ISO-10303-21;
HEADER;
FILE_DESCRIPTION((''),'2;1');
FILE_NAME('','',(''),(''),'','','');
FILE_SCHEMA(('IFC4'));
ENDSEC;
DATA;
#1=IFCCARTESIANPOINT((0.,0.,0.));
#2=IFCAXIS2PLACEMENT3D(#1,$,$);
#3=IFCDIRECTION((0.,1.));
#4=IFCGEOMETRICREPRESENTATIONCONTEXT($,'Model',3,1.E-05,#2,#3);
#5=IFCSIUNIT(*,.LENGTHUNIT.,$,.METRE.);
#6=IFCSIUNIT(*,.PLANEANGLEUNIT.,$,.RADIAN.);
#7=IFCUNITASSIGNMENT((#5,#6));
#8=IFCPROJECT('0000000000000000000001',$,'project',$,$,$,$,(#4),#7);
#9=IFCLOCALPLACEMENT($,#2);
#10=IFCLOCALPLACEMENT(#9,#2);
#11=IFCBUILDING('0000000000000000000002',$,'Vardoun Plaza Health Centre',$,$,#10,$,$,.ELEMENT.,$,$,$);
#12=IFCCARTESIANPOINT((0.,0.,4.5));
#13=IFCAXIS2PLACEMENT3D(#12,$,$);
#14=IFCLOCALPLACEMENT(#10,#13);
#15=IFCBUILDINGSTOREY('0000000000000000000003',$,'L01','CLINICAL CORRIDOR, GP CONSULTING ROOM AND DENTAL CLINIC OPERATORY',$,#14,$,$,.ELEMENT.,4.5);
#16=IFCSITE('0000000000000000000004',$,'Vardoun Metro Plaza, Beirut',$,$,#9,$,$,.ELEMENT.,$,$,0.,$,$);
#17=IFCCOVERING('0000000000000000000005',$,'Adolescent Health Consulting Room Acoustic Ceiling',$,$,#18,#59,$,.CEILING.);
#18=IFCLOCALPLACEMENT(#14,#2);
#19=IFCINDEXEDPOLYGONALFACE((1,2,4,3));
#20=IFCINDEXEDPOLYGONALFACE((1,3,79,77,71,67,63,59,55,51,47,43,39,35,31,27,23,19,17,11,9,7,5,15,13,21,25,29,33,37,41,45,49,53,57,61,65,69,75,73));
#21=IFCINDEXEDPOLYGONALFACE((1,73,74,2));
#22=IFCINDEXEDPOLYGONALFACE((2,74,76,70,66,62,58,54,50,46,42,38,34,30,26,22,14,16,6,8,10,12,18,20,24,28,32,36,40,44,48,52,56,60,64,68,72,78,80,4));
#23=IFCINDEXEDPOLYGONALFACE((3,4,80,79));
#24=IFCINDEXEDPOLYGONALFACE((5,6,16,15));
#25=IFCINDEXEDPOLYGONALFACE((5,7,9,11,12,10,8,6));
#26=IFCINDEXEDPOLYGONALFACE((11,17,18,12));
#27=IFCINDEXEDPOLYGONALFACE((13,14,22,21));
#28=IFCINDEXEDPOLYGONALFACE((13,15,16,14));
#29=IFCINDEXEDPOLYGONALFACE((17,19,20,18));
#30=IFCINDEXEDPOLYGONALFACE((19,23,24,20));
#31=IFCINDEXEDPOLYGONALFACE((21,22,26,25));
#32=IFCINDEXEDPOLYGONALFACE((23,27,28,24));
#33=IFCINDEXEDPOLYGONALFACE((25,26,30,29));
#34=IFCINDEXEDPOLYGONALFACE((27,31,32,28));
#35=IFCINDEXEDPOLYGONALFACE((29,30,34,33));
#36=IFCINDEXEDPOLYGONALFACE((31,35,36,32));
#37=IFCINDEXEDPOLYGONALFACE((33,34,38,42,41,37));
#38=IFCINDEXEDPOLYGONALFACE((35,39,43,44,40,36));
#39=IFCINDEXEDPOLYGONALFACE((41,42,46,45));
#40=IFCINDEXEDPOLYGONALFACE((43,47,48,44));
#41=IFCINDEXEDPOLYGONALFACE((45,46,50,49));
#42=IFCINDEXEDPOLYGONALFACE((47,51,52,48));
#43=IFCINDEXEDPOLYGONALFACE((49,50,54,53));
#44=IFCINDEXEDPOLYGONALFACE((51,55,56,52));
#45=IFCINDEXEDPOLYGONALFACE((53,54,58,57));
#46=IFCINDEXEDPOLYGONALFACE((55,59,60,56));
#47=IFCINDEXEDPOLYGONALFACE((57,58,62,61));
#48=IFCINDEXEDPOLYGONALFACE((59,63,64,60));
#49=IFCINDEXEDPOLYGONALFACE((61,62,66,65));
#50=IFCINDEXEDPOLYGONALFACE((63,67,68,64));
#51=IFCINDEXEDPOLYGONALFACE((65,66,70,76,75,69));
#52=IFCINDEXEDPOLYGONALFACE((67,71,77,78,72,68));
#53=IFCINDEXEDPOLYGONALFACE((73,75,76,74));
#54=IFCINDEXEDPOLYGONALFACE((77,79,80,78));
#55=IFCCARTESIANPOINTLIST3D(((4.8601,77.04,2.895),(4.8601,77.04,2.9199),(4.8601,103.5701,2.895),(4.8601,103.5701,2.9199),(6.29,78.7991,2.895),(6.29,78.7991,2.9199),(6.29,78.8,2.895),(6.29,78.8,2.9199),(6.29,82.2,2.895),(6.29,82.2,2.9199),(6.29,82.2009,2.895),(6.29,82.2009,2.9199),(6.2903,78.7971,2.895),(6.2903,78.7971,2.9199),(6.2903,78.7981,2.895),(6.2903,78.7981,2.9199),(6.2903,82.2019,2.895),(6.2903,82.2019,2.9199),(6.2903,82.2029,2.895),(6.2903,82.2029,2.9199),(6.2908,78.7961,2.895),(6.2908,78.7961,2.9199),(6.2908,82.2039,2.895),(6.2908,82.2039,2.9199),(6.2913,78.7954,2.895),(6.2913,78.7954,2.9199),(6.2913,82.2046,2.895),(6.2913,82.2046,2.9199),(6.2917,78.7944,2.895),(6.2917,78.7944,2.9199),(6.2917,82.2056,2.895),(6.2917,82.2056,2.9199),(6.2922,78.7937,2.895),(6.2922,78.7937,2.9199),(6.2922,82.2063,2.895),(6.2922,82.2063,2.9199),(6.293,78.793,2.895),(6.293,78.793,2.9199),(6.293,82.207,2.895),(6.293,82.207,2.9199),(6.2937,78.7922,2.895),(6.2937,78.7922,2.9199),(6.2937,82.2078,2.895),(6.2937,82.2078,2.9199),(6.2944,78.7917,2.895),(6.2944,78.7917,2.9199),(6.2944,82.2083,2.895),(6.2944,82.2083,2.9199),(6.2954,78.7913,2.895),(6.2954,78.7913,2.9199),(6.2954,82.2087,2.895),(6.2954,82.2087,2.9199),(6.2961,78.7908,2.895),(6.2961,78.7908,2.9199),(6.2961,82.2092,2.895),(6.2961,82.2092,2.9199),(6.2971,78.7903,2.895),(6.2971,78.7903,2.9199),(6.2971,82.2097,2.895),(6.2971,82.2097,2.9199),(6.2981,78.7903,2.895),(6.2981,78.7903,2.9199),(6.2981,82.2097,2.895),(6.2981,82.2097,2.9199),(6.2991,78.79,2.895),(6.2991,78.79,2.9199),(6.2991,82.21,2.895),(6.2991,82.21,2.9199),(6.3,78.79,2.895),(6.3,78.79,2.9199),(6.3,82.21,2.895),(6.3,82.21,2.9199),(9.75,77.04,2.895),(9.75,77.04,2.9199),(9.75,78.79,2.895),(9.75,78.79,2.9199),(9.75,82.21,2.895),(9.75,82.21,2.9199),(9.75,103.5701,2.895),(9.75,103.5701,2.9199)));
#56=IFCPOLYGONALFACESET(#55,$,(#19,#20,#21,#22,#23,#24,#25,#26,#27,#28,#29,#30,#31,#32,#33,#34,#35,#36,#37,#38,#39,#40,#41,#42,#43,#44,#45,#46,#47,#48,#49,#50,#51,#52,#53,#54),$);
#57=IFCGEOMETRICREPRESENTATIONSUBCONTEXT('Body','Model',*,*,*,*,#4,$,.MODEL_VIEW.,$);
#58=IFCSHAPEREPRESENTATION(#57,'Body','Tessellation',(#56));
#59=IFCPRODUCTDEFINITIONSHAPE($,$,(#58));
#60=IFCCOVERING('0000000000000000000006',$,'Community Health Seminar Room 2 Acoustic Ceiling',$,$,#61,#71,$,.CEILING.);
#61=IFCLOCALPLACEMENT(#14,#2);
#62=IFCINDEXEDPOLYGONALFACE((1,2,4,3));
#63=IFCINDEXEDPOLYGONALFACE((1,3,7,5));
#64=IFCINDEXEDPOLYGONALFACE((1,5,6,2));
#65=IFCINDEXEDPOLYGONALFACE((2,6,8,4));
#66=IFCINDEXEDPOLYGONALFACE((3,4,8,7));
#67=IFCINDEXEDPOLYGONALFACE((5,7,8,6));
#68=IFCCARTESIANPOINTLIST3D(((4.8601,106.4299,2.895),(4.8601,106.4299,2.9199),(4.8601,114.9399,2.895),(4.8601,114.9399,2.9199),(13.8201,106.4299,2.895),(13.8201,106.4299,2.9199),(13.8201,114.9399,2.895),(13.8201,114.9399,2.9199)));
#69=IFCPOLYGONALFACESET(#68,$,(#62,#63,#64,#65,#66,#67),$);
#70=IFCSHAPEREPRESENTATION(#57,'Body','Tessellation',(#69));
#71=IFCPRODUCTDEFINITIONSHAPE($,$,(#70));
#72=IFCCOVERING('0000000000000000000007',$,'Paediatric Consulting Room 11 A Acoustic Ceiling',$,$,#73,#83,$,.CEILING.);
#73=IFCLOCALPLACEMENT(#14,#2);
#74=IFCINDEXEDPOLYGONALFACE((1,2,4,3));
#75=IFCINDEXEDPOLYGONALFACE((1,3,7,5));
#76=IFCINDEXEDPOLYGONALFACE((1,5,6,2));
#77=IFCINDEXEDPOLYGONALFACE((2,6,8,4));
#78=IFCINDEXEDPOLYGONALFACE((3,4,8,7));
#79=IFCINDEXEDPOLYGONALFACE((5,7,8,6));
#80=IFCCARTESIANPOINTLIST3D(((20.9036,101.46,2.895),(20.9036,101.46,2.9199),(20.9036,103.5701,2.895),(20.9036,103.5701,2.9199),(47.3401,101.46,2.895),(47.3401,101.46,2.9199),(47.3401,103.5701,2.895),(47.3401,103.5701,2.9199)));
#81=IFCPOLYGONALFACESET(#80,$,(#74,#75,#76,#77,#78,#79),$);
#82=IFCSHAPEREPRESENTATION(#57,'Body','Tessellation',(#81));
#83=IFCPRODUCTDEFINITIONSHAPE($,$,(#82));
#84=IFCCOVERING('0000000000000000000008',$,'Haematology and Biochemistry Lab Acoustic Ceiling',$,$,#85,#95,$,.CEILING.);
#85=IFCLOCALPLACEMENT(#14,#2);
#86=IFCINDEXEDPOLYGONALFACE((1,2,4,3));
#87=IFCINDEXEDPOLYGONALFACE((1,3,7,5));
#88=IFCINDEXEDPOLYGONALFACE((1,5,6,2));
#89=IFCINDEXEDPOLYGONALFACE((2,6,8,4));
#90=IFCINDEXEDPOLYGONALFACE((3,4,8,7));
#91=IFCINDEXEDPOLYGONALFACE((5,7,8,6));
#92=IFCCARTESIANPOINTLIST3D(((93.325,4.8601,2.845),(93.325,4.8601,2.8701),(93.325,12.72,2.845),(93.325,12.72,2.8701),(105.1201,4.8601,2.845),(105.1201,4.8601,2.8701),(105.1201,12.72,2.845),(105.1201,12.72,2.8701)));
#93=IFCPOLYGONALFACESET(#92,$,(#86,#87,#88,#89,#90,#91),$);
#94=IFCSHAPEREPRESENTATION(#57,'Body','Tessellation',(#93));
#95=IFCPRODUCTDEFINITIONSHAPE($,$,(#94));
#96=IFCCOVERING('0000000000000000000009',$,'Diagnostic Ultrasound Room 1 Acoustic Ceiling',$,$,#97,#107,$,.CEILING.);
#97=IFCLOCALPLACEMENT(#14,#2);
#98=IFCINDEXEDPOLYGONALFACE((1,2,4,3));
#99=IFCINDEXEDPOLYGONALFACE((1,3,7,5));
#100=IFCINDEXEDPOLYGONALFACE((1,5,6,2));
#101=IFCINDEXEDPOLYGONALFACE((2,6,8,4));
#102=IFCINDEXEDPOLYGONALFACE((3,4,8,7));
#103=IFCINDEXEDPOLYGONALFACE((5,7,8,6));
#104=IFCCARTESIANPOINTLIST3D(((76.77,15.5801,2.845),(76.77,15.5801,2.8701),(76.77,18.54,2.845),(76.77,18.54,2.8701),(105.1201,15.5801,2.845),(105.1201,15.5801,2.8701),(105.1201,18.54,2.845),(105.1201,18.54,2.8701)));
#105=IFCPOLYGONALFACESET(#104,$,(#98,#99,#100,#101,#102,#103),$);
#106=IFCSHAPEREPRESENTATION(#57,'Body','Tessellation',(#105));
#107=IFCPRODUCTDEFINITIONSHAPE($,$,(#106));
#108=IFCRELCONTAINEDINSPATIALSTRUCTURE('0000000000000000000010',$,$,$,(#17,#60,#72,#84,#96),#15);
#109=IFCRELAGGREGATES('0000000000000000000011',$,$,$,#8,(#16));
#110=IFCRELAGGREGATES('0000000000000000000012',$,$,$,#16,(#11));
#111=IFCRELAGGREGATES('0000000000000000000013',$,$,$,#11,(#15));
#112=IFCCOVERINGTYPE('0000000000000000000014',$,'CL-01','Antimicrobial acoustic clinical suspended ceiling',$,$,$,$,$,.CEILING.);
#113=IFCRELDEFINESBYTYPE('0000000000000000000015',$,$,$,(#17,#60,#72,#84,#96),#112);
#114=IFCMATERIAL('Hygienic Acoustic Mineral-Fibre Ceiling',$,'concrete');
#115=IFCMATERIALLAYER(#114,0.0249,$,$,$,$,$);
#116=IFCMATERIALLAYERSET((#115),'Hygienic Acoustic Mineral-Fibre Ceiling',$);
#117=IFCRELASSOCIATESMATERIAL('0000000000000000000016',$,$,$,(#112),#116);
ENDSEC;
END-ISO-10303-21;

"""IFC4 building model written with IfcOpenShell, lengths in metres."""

from ifc_helpers import new_model, si_unit, direction, frame, origin, place, context, subcontext, project, spatial, polyline, outline, extrude, material, layer, layer_set, type_object, element, save


model = new_model("IFC4")

# Units and contexts
model_context = context("Model", 3, precision=1e-05, world=origin(), true_north=direction((0.0, 1.0)))
body_context = subcontext(model_context, "Body", "Model", "MODEL_VIEW")
ifc_project = project(units=[si_unit("LENGTHUNIT", "METRE"), si_unit("PLANEANGLEUNIT", "RADIAN")], contexts=[model_context])

# Site, building, storey
site_placement = place(None, origin())
site = spatial("IfcSite", under=ifc_project, at=site_placement, Name="Vardoun Metro Plaza, Beirut", CompositionType="ELEMENT", RefElevation=0.0)
building_placement = place(site_placement, origin())
building = spatial("IfcBuilding", under=site, at=building_placement, Name="Vardoun Plaza Health Centre", CompositionType="ELEMENT")
storey_placement = place(building_placement, frame((0.0, 0.0, 4.5)))
storey = spatial("IfcBuildingStorey", under=building, at=storey_placement, Name="L01", Description="CLINICAL CORRIDOR, GP CONSULTING ROOM AND DENTAL CLINIC OPERATORY", CompositionType="ELEMENT", Elevation=4.5)

# Coverings
ifc_material_1 = material(Name="Hygienic Acoustic Mineral-Fibre Ceiling", Category="concrete")
ifc_layer_1 = layer(ifc_material_1, 0.0249)
ifc_layer_set_1 = layer_set([ifc_layer_1], Name="Hygienic Acoustic Mineral-Fibre Ceiling")
covering_type_1 = type_object("IfcCoveringType", Name="CL-01", Description="Antimicrobial acoustic clinical suspended ceiling", PredefinedType="CEILING", material=ifc_layer_set_1)
covering_1_placement = place(storey_placement, frame((0.0, 0.0, 2.895)))
element("IfcCovering", 1, at=covering_1_placement, inside=storey, type_object=covering_type_1, Name="Adolescent Health Consulting Room Acoustic Ceiling", PredefinedType="CEILING", context=body_context, shape_type="SweptSolid", body=[
    extrude(outline(polyline([(4.8601, 103.5701), (9.75, 103.5701), (9.75, 82.21), (6.3, 82.21), (6.2991, 82.21), (6.2981, 82.2097), (6.2971, 82.2097), (6.2961, 82.2092), (6.2954, 82.2087), (6.2944, 82.2083), (6.2937, 82.2078), (6.293, 82.207), (6.2922, 82.2063), (6.2917, 82.2056), (6.2913, 82.2046), (6.2908, 82.2039), (6.2903, 82.2029), (6.2903, 82.2019), (6.29, 82.2009), (6.29, 82.2), (6.29, 78.8), (6.29, 78.7991), (6.2903, 78.7981), (6.2903, 78.7971), (6.2908, 78.7961), (6.2913, 78.7954), (6.2917, 78.7944), (6.2922, 78.7937), (6.293, 78.793), (6.2937, 78.7922), (6.2944, 78.7917), (6.2954, 78.7913), (6.2961, 78.7908), (6.2971, 78.7903), (6.2981, 78.7903), (6.2991, 78.79), (6.3, 78.79), (9.75, 78.79), (9.75, 77.04), (4.8601, 77.04), (4.8601, 103.5701)])), origin(), (0.0, 0.0, 1.0), 0.0249),
])
covering_2_placement = place(storey_placement, frame((0.0, 0.0, 2.895)))
element("IfcCovering", 2, at=covering_2_placement, inside=storey, type_object=covering_type_1, Name="Community Health Seminar Room 2 Acoustic Ceiling", PredefinedType="CEILING", context=body_context, shape_type="SweptSolid", body=[
    extrude(outline(polyline([(13.8201, 114.9399), (13.8201, 106.4299), (4.8601, 106.4299), (4.8601, 114.9399), (13.8201, 114.9399)])), origin(), (0.0, 0.0, 1.0), 0.0249),
])
covering_3_placement = place(storey_placement, frame((0.0, 0.0, 2.895)))
element("IfcCovering", 3, at=covering_3_placement, inside=storey, type_object=covering_type_1, Name="Paediatric Consulting Room 11 A Acoustic Ceiling", PredefinedType="CEILING", context=body_context, shape_type="SweptSolid", body=[
    extrude(outline(polyline([(20.9036, 101.46), (20.9036, 103.5701), (47.3401, 103.5701), (47.3401, 101.46), (20.9036, 101.46)])), origin(), (0.0, 0.0, 1.0), 0.0249),
])
covering_4_placement = place(storey_placement, frame((0.0, 0.0, 2.845)))
element("IfcCovering", 4, at=covering_4_placement, inside=storey, type_object=covering_type_1, Name="Haematology and Biochemistry Lab Acoustic Ceiling", PredefinedType="CEILING", context=body_context, shape_type="SweptSolid", body=[
    extrude(outline(polyline([(93.325, 4.8601), (93.325, 12.72), (105.1201, 12.72), (105.1201, 4.8601), (93.325, 4.8601)])), origin(), (0.0, 0.0, 1.0), 0.0251),
])
covering_5_placement = place(storey_placement, frame((0.0, 0.0, 2.845)))
element("IfcCovering", 5, at=covering_5_placement, inside=storey, type_object=covering_type_1, Name="Diagnostic Ultrasound Room 1 Acoustic Ceiling", PredefinedType="CEILING", context=body_context, shape_type="SweptSolid", body=[
    extrude(outline(polyline([(105.1201, 18.54), (105.1201, 15.5801), (76.77, 15.5801), (76.77, 18.54), (105.1201, 18.54)])), origin(), (0.0, 0.0, 1.0), 0.0251),
])

save(model, "model.ifc")
